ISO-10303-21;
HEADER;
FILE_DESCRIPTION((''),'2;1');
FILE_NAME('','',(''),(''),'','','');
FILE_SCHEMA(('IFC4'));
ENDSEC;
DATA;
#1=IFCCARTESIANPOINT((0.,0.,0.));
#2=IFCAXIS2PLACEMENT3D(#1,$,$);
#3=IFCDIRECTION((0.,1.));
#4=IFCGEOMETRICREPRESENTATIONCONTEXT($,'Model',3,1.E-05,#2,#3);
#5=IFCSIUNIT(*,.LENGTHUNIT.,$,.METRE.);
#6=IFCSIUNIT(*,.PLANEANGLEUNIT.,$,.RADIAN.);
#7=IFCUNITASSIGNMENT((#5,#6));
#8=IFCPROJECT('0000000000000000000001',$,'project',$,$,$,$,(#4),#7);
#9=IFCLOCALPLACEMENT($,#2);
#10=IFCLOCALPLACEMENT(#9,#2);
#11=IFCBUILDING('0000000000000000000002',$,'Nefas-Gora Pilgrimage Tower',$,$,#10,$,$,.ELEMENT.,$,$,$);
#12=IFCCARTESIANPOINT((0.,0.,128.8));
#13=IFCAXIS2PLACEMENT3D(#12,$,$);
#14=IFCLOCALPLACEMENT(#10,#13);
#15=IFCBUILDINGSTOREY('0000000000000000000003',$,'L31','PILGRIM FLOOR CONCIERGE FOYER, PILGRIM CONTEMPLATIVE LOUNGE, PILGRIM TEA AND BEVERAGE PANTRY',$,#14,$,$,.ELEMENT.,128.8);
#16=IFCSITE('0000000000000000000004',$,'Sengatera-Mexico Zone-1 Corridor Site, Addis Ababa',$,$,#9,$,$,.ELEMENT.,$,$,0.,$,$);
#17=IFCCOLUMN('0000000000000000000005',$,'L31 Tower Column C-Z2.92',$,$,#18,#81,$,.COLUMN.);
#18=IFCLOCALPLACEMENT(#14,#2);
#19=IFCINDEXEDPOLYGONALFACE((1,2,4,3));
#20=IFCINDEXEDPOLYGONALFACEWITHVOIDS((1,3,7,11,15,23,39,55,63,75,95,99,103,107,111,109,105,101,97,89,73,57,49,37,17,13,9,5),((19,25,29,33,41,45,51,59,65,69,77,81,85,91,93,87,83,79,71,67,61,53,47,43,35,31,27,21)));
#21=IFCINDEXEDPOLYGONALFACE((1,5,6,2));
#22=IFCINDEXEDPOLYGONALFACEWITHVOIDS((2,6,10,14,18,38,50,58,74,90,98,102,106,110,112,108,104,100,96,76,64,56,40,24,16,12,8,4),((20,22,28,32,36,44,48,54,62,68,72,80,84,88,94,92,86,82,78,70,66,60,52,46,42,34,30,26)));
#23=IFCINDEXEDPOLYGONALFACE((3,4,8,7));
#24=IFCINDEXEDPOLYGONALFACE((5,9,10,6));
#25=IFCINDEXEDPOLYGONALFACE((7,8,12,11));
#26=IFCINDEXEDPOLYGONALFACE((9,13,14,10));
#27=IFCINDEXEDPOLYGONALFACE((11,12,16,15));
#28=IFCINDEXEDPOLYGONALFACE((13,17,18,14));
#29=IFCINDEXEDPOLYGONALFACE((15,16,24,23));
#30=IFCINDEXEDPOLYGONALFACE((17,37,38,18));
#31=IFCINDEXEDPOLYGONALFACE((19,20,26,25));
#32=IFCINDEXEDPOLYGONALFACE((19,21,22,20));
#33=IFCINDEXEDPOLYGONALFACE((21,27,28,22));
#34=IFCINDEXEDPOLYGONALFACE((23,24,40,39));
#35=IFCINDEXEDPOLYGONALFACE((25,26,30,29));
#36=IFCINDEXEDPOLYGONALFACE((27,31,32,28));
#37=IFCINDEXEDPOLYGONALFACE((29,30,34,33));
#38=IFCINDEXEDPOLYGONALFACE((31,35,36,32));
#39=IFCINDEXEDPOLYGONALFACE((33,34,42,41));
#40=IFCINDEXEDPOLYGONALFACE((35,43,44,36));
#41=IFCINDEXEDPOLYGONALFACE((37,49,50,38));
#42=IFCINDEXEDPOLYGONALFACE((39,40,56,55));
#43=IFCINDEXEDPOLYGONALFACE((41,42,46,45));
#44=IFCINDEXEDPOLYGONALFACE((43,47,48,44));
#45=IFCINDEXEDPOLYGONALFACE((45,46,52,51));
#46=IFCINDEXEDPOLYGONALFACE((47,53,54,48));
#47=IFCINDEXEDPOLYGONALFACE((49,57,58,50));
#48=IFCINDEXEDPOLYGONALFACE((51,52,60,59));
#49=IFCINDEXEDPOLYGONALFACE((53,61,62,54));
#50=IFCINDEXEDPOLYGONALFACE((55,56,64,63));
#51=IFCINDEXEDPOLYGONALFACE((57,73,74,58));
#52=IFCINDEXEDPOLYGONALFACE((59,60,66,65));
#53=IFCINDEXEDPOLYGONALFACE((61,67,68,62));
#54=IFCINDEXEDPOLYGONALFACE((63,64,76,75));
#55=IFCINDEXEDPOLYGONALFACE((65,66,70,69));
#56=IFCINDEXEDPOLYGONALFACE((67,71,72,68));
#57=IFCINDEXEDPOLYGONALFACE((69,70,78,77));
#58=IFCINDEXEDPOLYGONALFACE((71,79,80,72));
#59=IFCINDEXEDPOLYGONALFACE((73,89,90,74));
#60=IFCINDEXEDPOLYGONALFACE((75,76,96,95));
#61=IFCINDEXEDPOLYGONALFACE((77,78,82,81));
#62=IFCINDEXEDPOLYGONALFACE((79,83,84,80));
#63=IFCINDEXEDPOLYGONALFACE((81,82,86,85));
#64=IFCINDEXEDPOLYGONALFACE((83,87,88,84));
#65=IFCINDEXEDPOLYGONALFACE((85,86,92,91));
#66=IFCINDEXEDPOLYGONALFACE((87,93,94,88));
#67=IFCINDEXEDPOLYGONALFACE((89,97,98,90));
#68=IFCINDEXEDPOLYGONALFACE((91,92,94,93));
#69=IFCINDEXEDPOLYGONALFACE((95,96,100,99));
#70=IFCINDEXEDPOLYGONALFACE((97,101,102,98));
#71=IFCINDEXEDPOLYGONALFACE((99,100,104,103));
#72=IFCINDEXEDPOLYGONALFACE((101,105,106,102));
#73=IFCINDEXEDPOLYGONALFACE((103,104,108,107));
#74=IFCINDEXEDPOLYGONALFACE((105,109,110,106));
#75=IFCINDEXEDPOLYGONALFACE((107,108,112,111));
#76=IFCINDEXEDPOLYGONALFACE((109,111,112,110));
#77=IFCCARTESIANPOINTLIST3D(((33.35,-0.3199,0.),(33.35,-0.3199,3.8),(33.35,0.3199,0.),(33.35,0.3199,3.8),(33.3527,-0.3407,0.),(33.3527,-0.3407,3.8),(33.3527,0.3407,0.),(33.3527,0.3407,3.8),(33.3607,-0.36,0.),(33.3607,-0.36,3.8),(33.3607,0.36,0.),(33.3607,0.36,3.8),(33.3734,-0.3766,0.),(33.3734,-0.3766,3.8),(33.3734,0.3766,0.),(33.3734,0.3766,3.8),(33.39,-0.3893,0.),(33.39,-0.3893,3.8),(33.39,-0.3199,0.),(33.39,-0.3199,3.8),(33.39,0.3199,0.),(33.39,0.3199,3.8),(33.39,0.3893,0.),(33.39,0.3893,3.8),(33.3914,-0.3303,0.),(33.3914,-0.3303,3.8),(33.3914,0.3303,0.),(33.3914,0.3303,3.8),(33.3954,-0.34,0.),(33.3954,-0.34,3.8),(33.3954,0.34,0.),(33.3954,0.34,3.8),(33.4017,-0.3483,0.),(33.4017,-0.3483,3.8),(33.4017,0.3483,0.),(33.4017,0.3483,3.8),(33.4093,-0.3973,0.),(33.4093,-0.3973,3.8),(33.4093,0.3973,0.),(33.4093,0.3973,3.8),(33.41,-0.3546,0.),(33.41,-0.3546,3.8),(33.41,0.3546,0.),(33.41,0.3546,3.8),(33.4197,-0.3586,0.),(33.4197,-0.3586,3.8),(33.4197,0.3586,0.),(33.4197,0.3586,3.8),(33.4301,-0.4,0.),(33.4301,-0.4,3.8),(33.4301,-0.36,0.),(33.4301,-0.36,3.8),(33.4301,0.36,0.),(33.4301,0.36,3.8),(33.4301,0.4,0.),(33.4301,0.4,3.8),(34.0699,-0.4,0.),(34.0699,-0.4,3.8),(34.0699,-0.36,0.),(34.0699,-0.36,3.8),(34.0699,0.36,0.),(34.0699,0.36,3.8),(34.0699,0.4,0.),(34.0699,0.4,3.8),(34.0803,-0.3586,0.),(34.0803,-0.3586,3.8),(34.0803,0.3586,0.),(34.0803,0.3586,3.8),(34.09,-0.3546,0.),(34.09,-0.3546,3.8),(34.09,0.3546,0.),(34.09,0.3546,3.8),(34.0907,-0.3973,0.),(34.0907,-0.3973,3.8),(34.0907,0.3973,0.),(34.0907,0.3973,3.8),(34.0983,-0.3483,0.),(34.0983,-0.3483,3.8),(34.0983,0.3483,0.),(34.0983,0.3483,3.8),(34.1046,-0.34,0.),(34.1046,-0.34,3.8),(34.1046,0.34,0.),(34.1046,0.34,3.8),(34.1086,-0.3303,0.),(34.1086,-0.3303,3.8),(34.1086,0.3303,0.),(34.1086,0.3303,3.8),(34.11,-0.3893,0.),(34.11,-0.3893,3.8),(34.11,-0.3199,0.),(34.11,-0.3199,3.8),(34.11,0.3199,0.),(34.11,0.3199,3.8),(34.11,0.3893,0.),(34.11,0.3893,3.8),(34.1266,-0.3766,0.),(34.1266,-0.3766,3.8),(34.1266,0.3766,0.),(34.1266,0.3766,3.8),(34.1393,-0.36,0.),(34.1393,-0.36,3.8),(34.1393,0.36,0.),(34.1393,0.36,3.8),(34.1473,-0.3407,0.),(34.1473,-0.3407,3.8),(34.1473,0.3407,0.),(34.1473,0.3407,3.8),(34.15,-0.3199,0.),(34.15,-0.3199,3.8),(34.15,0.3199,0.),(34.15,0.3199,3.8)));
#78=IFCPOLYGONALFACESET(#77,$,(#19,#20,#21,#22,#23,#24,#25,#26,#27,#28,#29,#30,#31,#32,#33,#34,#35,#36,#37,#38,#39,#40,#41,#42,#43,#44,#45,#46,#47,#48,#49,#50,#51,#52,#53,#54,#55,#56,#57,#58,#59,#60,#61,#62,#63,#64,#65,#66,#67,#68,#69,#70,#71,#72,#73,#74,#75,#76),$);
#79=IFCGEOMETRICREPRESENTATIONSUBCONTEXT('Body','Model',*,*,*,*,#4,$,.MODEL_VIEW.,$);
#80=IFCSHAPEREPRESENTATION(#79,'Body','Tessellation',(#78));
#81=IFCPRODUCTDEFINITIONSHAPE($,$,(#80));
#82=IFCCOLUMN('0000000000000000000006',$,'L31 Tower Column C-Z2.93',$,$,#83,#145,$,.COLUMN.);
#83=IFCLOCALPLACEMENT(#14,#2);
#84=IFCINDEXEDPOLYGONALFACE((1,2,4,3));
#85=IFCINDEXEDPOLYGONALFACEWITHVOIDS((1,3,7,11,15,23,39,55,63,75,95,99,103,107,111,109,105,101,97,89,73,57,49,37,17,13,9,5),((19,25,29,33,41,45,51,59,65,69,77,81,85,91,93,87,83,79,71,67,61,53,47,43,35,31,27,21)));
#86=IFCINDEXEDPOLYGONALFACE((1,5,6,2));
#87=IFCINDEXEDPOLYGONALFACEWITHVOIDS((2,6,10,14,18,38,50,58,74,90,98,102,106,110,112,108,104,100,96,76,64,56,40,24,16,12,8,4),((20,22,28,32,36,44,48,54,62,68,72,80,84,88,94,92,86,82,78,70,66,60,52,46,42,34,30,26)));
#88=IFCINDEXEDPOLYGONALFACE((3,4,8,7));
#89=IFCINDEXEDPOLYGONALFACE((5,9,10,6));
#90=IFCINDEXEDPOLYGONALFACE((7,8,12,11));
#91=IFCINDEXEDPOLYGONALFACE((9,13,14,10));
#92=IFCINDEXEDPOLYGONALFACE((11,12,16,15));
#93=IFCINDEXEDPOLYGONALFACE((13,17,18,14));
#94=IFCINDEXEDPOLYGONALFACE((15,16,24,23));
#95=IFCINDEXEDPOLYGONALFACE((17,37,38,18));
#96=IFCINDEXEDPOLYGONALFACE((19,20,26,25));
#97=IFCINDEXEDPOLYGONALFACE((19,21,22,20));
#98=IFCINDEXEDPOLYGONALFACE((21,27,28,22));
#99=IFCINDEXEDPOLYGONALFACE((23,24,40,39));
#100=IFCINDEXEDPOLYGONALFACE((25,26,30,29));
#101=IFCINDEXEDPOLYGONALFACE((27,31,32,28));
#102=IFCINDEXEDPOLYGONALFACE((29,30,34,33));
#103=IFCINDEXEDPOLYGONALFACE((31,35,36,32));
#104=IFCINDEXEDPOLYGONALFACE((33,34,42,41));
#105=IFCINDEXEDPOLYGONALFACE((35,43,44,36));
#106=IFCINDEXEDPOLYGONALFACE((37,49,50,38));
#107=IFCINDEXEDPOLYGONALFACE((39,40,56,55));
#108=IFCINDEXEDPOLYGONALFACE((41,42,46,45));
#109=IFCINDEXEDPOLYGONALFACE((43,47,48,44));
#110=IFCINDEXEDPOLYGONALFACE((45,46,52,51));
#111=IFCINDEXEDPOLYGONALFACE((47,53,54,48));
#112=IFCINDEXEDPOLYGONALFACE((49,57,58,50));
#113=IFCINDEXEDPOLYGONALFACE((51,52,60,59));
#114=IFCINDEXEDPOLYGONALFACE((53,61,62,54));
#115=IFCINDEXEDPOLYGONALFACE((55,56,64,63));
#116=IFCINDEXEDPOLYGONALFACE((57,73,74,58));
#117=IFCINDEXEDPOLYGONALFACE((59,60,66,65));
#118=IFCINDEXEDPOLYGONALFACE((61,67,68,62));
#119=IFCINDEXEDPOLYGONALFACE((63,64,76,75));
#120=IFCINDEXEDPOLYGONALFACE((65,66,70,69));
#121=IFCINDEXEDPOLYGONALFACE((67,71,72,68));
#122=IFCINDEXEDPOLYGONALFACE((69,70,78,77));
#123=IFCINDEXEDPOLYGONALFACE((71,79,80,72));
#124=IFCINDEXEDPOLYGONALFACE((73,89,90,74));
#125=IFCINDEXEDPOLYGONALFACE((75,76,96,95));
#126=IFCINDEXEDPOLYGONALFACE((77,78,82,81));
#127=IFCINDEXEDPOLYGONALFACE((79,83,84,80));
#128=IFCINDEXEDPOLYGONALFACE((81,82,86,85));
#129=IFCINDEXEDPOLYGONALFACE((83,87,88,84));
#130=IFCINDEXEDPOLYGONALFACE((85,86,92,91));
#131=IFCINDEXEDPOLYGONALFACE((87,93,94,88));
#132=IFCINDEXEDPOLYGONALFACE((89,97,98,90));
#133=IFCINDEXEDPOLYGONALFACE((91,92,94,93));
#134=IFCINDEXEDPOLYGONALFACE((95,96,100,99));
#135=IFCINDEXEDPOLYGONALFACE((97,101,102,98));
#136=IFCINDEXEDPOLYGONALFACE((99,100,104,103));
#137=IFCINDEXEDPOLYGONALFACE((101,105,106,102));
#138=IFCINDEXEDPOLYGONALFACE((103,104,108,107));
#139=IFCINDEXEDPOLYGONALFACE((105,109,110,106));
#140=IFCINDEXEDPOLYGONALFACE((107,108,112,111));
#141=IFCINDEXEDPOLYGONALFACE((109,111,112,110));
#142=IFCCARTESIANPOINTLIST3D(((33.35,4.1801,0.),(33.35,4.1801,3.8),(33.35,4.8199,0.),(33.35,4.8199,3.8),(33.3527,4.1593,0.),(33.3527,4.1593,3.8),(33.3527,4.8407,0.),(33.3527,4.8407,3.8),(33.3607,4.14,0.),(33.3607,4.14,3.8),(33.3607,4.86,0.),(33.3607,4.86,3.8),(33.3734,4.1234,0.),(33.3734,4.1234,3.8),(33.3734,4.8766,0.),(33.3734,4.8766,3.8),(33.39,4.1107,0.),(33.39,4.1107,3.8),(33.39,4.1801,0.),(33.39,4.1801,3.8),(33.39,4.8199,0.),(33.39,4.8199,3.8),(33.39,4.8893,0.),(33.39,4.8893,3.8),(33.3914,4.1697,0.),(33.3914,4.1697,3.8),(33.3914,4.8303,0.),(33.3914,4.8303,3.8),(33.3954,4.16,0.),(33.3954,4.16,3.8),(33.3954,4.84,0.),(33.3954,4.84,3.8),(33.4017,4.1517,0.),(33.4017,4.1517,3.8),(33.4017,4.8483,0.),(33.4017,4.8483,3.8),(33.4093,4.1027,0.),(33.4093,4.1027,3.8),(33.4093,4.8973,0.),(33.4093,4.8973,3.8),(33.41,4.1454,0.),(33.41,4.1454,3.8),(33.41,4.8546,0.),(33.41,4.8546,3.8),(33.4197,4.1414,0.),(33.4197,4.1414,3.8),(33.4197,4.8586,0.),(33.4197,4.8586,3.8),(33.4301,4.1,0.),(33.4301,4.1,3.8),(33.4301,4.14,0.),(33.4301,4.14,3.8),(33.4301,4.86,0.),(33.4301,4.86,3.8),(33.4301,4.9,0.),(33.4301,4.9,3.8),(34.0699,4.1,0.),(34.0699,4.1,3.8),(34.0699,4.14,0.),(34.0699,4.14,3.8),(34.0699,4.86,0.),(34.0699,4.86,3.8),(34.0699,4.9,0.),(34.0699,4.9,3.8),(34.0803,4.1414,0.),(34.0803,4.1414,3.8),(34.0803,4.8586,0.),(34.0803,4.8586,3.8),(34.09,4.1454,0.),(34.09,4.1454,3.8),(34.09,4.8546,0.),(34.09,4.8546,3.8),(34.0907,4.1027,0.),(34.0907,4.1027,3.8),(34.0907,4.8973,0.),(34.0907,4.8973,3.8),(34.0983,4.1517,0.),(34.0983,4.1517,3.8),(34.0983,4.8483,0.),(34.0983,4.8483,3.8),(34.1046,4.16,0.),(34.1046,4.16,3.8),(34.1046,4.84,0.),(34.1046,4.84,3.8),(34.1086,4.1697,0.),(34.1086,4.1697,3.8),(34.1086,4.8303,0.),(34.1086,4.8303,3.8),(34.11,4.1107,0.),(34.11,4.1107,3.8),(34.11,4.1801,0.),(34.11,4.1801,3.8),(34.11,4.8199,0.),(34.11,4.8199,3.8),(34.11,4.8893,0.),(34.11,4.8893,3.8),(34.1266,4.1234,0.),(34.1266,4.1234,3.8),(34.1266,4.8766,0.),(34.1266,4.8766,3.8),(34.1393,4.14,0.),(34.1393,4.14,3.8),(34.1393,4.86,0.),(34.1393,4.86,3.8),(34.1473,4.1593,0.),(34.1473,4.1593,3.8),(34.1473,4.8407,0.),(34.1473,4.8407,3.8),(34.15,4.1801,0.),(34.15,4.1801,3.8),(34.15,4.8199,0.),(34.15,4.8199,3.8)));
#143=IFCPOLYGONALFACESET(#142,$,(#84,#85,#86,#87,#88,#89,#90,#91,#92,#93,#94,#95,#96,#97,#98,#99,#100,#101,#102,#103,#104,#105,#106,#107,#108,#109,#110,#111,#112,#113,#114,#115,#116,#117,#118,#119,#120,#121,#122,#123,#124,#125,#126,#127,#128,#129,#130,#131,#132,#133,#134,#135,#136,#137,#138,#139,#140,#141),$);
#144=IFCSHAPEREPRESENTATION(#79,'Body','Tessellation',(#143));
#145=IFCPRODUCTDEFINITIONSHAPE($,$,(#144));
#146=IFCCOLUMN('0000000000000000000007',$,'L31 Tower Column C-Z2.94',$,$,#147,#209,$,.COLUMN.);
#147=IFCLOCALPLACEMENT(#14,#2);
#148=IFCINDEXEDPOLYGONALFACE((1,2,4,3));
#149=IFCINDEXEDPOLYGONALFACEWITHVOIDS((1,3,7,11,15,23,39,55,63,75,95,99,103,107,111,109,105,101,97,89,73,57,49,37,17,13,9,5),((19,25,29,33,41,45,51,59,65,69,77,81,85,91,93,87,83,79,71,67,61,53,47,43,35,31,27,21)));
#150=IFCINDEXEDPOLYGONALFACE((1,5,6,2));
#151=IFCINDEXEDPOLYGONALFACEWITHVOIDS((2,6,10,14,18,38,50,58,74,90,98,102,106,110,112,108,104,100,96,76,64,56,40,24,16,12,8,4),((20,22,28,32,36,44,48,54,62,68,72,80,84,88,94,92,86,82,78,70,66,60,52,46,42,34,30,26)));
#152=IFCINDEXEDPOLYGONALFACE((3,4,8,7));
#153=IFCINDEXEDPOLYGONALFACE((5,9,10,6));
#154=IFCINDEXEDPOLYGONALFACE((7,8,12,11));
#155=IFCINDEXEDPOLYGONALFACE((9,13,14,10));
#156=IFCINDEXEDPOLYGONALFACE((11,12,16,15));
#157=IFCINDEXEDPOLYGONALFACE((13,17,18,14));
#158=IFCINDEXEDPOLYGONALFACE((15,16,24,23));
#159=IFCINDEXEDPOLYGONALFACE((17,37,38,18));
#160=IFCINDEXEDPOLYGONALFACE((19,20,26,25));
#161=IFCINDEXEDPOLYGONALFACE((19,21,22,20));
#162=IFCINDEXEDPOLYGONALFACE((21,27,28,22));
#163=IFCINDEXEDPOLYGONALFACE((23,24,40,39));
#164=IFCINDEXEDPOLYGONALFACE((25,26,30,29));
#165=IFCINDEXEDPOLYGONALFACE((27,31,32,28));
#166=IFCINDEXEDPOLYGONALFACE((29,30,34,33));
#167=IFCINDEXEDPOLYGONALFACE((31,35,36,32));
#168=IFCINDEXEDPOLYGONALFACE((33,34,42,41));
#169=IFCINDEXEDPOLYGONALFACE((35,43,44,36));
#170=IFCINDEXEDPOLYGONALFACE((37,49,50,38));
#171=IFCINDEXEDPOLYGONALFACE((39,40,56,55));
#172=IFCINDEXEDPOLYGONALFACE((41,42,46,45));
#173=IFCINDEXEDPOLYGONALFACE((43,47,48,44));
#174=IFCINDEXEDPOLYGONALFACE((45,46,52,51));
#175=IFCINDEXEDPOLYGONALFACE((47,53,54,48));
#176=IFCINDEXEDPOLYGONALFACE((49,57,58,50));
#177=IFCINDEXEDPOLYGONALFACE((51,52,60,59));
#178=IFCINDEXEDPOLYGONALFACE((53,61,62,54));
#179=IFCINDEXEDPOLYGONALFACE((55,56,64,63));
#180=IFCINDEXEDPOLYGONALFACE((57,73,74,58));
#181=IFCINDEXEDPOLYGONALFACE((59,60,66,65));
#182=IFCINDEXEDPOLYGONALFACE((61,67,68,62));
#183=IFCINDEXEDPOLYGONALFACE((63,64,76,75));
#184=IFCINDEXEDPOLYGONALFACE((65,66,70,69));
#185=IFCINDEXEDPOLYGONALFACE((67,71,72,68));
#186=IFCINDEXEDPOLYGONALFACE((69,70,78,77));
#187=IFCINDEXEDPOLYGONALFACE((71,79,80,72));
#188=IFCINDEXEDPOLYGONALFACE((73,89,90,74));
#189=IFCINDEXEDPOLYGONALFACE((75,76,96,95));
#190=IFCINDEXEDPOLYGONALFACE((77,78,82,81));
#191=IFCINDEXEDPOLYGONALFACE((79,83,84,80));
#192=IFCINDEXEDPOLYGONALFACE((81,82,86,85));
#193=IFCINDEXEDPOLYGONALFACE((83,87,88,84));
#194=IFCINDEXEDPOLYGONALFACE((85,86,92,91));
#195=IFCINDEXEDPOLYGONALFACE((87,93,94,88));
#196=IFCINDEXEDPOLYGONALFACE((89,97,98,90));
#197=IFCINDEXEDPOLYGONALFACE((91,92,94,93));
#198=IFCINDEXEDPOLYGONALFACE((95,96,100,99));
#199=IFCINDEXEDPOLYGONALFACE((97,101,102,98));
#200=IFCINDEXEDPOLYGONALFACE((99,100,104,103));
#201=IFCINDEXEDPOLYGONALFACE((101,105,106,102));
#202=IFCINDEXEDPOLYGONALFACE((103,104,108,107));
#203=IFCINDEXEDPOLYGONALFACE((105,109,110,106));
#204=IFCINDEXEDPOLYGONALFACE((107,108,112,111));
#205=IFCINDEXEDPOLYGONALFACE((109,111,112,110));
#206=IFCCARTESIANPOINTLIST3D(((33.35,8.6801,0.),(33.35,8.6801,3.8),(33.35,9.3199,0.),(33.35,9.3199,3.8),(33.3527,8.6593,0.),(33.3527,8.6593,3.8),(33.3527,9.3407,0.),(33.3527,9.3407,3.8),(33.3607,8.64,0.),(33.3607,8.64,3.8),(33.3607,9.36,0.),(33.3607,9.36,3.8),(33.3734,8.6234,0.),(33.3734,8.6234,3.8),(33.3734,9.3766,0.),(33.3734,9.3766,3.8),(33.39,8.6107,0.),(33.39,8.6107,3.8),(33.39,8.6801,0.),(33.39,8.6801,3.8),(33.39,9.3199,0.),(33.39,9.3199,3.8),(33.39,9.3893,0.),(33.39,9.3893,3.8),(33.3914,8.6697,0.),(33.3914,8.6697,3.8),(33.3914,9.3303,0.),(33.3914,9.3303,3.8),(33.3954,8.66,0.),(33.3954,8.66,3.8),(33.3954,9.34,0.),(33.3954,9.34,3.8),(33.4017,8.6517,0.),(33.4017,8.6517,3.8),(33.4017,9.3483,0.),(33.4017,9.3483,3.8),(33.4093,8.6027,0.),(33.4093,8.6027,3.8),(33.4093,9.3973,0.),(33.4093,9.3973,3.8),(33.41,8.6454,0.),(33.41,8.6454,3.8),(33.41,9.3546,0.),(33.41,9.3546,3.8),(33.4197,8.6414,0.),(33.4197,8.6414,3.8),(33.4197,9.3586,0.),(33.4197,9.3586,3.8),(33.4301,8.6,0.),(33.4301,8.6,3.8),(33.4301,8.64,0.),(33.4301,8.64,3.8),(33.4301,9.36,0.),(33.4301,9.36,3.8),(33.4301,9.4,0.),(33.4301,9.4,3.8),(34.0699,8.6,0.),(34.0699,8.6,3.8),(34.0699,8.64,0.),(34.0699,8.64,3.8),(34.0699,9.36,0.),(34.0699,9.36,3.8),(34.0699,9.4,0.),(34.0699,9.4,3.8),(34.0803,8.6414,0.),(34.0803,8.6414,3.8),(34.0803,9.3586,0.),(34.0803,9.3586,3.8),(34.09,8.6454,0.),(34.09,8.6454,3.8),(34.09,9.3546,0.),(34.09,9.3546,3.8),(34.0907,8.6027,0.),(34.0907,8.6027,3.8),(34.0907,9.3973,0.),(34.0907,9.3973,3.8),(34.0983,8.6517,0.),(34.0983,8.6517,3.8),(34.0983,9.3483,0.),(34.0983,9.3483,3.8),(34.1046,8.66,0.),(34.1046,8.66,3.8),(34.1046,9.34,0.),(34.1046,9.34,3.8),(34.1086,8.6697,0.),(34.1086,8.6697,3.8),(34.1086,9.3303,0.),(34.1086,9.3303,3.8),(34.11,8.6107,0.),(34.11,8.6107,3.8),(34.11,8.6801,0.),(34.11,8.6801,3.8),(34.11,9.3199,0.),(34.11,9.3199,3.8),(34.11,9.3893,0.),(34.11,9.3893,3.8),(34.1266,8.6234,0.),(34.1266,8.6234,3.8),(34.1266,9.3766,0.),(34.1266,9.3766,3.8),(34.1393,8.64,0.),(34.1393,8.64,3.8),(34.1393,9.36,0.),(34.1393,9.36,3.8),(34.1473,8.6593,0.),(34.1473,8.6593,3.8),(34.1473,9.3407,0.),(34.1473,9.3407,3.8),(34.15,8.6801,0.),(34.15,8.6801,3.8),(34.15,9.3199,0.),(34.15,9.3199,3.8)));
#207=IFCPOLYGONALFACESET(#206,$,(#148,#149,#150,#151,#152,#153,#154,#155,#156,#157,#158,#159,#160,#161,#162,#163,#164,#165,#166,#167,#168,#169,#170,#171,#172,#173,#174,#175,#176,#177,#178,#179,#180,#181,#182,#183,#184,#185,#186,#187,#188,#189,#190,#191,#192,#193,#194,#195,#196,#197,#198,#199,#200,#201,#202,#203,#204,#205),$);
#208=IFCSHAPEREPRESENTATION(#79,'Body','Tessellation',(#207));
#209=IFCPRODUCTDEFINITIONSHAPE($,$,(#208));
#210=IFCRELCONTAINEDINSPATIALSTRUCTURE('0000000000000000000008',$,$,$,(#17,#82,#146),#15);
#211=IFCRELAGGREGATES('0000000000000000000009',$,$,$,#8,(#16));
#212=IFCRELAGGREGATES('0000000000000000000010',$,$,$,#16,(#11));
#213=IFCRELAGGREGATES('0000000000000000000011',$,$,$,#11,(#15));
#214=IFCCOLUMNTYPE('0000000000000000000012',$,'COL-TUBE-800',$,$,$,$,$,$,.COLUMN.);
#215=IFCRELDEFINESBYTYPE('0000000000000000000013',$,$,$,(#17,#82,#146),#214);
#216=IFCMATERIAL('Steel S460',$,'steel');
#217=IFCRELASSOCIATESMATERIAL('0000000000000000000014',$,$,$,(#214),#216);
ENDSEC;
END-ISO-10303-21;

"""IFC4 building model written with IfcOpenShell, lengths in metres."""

from ifc_helpers import new_model, si_unit, direction, frame, origin, origin_2d, place, context, subcontext, project, spatial, hollow_rectangle, extrude, source, transform, mapped, material, material_profile, profile_set, type_object, element, save


model = new_model("IFC4")

# Units and contexts
model_context = context("Model", 3, precision=1e-05, world=origin(), true_north=direction((0.0, 1.0)))
body_context = subcontext(model_context, "Body", "Model", "MODEL_VIEW")
ifc_project = project(units=[si_unit("LENGTHUNIT", "METRE"), si_unit("PLANEANGLEUNIT", "RADIAN")], contexts=[model_context])

# Site, building, storey
site_placement = place(None, origin())
site = spatial("IfcSite", under=ifc_project, at=site_placement, Name="Sengatera-Mexico Zone-1 Corridor Site, Addis Ababa", CompositionType="ELEMENT", RefElevation=0.0)
building_placement = place(site_placement, origin())
building = spatial("IfcBuilding", under=site, at=building_placement, Name="Nefas-Gora Pilgrimage Tower", CompositionType="ELEMENT")
storey_placement = place(building_placement, frame((0.0, 0.0, 128.8)))
storey = spatial("IfcBuildingStorey", under=building, at=storey_placement, Name="L31", Description="PILGRIM FLOOR CONCIERGE FOYER, PILGRIM CONTEMPLATIVE LOUNGE, PILGRIM TEA AND BEVERAGE PANTRY", CompositionType="ELEMENT", Elevation=128.8)

# Columns
ifc_material_1 = material(Name="Steel S460", Category="steel")
ifc_material_profile_1 = material_profile(ifc_material_1, hollow_rectangle(XDim=0.8, YDim=0.8, WallThickness=0.04, InnerFilletRadius=0.04, OuterFilletRadius=0.0801, at=origin_2d()), Name="BOX 800x800x40")
ifc_profile_set_1 = profile_set([ifc_material_profile_1], Name="Steel S460")
column_type_1 = type_object("IfcColumnType", Name="COL-TUBE-800", PredefinedType="COLUMN", material=ifc_profile_set_1)
shared_shape_1 = source(origin(), body_context, "Body", "SweptSolid", [
    extrude(hollow_rectangle(XDim=0.8, YDim=0.8, WallThickness=0.04, InnerFilletRadius=0.04, OuterFilletRadius=0.0801, at=origin_2d()), origin(), (0.0, 0.0, 1.0), 3.8),
])
for number, where, z_axis, x_axis, name in (
    (1, (33.75, 0.0, 0.0), (0.0, 0.0, 1.0), (1.0, 0.0, 0.0), "L31 Tower Column C-Z2.92"),
    (2, (33.75, 4.5, 0.0), (0.0, 0.0, 1.0), (1.0, 0.0, 0.0), "L31 Tower Column C-Z2.93"),
    (3, (33.75, 9.0, 0.0), (0.0, 0.0, 1.0), (1.0, 0.0, 0.0), "L31 Tower Column C-Z2.94"),
):
    element("IfcColumn", number, at=place(storey_placement, frame(where, z_axis=z_axis, x_axis=x_axis)), inside=storey, type_object=column_type_1, Name=name, PredefinedType="COLUMN", context=body_context, shape_type="MappedRepresentation", body=[
        mapped(shared_shape_1, transform((0.0, 0.0, 0.0), x_axis=(1.0, 0.0, 0.0), y_axis=(0.0, 1.0, 0.0), z_axis=(0.0, 0.0, 1.0), scale=1.0)),
    ])

save(model, "model.ifc")
